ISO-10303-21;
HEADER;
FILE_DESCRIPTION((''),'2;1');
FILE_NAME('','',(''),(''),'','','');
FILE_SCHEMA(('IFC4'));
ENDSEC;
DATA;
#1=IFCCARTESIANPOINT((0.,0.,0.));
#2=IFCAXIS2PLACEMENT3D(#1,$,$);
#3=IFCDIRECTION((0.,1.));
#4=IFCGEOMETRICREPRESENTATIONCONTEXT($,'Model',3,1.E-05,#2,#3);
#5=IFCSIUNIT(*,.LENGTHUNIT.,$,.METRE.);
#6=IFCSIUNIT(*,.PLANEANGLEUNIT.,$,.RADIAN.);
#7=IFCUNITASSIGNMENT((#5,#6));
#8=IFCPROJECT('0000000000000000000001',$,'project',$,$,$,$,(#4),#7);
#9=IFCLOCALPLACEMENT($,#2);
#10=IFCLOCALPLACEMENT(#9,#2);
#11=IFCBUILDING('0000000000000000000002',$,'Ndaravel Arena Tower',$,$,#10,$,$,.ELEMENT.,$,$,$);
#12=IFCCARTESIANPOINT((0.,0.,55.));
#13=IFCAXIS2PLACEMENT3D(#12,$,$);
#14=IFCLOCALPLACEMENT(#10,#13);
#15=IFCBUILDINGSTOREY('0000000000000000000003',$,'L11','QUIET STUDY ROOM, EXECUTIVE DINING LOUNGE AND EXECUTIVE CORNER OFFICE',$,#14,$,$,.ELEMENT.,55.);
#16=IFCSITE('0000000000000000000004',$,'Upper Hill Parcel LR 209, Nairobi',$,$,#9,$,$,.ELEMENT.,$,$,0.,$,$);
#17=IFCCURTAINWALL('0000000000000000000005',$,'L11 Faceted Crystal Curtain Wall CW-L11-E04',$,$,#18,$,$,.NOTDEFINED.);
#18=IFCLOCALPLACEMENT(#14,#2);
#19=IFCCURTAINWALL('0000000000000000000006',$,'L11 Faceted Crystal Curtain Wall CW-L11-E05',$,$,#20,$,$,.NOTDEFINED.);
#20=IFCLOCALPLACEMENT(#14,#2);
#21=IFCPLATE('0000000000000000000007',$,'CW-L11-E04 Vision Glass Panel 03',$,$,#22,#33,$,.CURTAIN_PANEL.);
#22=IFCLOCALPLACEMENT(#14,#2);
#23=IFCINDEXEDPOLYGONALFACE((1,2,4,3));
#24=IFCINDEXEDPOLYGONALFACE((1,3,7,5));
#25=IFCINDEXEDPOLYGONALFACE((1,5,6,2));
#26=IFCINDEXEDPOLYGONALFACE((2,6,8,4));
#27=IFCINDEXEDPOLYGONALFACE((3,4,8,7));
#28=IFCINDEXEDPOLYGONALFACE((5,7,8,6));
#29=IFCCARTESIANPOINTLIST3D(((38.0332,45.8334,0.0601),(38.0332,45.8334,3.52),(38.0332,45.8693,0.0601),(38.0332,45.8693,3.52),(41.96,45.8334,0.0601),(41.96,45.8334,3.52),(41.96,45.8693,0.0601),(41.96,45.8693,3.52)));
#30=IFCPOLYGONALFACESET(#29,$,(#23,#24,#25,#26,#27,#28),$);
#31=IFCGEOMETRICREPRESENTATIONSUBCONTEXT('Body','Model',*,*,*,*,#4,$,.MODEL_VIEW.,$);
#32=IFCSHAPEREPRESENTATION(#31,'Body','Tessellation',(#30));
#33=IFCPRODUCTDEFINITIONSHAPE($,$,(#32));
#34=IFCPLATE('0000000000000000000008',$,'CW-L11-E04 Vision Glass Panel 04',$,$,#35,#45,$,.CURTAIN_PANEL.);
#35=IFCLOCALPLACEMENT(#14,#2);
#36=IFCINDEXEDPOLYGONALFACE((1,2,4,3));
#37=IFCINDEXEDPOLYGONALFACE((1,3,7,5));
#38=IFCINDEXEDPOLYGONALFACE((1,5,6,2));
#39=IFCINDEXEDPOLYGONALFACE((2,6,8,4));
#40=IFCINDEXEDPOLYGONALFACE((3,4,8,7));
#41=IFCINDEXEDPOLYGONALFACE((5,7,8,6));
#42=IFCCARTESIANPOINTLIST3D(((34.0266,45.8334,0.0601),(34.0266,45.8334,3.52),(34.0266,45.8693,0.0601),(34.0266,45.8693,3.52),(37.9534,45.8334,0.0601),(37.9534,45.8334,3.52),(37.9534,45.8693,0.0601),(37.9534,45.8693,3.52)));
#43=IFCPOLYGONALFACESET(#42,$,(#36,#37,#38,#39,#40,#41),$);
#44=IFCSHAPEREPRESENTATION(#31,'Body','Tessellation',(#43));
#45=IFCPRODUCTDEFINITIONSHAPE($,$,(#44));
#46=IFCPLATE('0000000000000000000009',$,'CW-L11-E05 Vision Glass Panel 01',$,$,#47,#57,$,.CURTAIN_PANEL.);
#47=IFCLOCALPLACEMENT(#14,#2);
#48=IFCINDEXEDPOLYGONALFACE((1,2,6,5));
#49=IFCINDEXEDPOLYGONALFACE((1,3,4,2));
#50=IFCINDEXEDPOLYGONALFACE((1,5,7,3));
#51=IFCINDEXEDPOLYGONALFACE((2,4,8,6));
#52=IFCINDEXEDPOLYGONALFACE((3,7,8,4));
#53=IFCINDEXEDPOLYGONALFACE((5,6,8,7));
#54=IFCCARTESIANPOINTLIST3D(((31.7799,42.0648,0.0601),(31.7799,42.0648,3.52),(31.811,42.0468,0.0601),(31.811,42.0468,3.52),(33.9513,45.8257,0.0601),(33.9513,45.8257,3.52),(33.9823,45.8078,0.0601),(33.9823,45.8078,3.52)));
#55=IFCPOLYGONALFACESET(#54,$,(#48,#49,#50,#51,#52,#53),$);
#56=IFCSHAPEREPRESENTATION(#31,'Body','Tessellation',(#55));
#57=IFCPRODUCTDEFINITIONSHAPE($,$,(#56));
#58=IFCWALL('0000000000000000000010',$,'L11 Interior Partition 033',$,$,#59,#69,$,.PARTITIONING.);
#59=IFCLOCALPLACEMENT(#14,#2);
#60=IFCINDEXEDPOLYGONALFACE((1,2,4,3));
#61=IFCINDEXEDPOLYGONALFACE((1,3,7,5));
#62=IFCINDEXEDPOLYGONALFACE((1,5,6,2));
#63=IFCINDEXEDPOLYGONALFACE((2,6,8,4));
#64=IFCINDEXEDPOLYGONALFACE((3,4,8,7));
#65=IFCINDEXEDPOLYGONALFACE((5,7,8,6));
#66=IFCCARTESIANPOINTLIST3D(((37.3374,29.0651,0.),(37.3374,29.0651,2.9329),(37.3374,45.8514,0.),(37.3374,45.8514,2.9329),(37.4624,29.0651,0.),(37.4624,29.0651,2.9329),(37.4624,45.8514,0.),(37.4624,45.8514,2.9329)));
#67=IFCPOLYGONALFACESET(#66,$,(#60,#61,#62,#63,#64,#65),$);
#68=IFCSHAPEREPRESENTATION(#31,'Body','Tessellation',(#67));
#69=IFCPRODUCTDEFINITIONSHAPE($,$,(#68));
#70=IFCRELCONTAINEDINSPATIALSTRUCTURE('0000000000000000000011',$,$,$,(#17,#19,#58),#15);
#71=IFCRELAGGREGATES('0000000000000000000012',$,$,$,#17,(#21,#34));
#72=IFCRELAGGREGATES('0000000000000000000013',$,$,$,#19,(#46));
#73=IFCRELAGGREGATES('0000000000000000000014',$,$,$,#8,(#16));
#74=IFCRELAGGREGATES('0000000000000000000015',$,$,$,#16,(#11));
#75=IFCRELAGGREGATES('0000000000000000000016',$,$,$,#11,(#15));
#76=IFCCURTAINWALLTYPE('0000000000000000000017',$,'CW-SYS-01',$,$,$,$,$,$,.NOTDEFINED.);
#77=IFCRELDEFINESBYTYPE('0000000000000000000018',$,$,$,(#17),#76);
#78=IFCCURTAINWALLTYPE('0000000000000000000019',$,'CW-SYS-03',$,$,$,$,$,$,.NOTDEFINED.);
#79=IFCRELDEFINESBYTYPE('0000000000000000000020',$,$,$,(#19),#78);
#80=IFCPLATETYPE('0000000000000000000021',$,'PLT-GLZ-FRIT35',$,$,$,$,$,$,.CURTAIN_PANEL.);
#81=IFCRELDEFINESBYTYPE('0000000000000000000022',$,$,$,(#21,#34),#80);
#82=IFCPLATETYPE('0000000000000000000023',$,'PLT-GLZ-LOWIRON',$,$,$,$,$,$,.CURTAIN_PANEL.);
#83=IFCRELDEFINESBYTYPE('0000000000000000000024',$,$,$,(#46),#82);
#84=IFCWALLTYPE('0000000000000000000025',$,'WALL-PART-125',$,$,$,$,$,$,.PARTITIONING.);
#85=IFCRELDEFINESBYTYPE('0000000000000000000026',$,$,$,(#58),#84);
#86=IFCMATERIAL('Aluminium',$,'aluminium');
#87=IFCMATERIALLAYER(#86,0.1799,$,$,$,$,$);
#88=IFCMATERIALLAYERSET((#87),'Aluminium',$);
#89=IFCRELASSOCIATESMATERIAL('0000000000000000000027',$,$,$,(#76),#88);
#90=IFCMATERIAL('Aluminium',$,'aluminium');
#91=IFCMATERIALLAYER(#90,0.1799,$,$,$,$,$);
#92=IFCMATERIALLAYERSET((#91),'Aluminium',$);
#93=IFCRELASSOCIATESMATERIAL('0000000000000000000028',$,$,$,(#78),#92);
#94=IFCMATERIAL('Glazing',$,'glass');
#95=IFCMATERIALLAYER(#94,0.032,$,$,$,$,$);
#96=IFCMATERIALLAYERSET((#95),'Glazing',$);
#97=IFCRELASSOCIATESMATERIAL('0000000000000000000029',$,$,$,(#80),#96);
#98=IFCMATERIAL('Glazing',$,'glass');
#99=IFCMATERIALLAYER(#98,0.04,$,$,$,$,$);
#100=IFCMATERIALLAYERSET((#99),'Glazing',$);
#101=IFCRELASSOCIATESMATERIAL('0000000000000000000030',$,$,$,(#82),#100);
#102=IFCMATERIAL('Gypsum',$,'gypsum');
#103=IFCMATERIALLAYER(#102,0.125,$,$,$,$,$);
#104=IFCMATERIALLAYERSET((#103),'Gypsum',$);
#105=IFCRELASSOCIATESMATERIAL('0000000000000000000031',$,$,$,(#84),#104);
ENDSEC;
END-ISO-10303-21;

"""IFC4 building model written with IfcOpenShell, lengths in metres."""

from ifc_helpers import new_model, si_unit, direction, frame, frame_2d, origin, origin_2d, place, context, subcontext, project, spatial, rectangle, extrude, material, layer, layer_set, type_object, element, aggregate, save


model = new_model("IFC4")

# Units and contexts
model_context = context("Model", 3, precision=1e-05, world=origin(), true_north=direction((0.0, 1.0)))
body_context = subcontext(model_context, "Body", "Model", "MODEL_VIEW")
ifc_project = project(units=[si_unit("LENGTHUNIT", "METRE"), si_unit("PLANEANGLEUNIT", "RADIAN")], contexts=[model_context])

# Site, building, storey
site_placement = place(None, origin())
site = spatial("IfcSite", under=ifc_project, at=site_placement, Name="Upper Hill Parcel LR 209, Nairobi", CompositionType="ELEMENT", RefElevation=0.0)
building_placement = place(site_placement, origin())
building = spatial("IfcBuilding", under=site, at=building_placement, Name="Ndaravel Arena Tower", CompositionType="ELEMENT")
storey_placement = place(building_placement, frame((0.0, 0.0, 55.0)))
storey = spatial("IfcBuildingStorey", under=building, at=storey_placement, Name="L11", Description="QUIET STUDY ROOM, EXECUTIVE DINING LOUNGE AND EXECUTIVE CORNER OFFICE", CompositionType="ELEMENT", Elevation=55.0)

# Curtain wall
ifc_material_1 = material(Name="Aluminium", Category="aluminium")
ifc_layer_1 = layer(ifc_material_1, 0.1799)
ifc_layer_set_1 = layer_set([ifc_layer_1], Name="Aluminium")
curtain_wall_type_1 = type_object("IfcCurtainWallType", Name="CW-SYS-01", PredefinedType="NOTDEFINED", material=ifc_layer_set_1)
curtain_wall_1_placement = place(storey_placement, origin())
curtain_wall_1 = element("IfcCurtainWall", 1, at=curtain_wall_1_placement, inside=storey, type_object=curtain_wall_type_1, Name="L11 Faceted Crystal Curtain Wall CW-L11-E04", PredefinedType="NOTDEFINED")

# Curtain wall
ifc_material_2 = material(Name="Aluminium", Category="aluminium")
ifc_layer_2 = layer(ifc_material_2, 0.1799)
ifc_layer_set_2 = layer_set([ifc_layer_2], Name="Aluminium")
curtain_wall_type_2 = type_object("IfcCurtainWallType", Name="CW-SYS-03", PredefinedType="NOTDEFINED", material=ifc_layer_set_2)
curtain_wall_2_placement = place(storey_placement, origin())
curtain_wall_2 = element("IfcCurtainWall", 2, at=curtain_wall_2_placement, inside=storey, type_object=curtain_wall_type_2, Name="L11 Faceted Crystal Curtain Wall CW-L11-E05", PredefinedType="NOTDEFINED")

# Plates
ifc_material_3 = material(Name="Glazing", Category="glass")
ifc_layer_3 = layer(ifc_material_3, 0.032)
ifc_layer_set_3 = layer_set([ifc_layer_3], Name="Glazing")
plate_type_1 = type_object("IfcPlateType", Name="PLT-GLZ-FRIT35", PredefinedType="CURTAIN_PANEL", material=ifc_layer_set_3)
plate_1_placement = place(storey_placement, frame((39.9966, 45.8513, 0.0601), z_axis=(0.0, 0.0, 1.0), x_axis=(-1.0, 0.0, 0.0)))
plate_1 = element("IfcPlate", 3, at=plate_1_placement, type_object=plate_type_1, Name="CW-L11-E04 Vision Glass Panel 03", PredefinedType="CURTAIN_PANEL", context=body_context, shape_type="SweptSolid", body=[
    extrude(rectangle(XDim=3.9268, YDim=0.0359, at=origin_2d()), origin(), (0.0, 0.0, 1.0), 3.46),
])
plate_2_placement = place(storey_placement, frame((35.99, 45.8513, 0.0601), z_axis=(0.0, 0.0, 1.0), x_axis=(-1.0, 0.0, 0.0)))
plate_2 = element("IfcPlate", 4, at=plate_2_placement, type_object=plate_type_1, Name="CW-L11-E04 Vision Glass Panel 04", PredefinedType="CURTAIN_PANEL", context=body_context, shape_type="SweptSolid", body=[
    extrude(rectangle(XDim=3.9268, YDim=0.0359, at=origin_2d()), origin(), (0.0, 0.0, 1.0), 3.46),
])
aggregate(curtain_wall_1, [plate_1, plate_2])
ifc_material_4 = material(Name="Glazing", Category="glass")
ifc_layer_4 = layer(ifc_material_4, 0.04)
ifc_layer_set_4 = layer_set([ifc_layer_4], Name="Glazing")
plate_type_2 = type_object("IfcPlateType", Name="PLT-GLZ-LOWIRON", PredefinedType="CURTAIN_PANEL", material=ifc_layer_set_4)
plate_3_placement = place(storey_placement, frame((32.8811, 43.9363, 0.0601), z_axis=(0.0, 0.0, 1.0), x_axis=(-0.5, -0.866025, 0.0)))
plate_3 = element("IfcPlate", 5, at=plate_3_placement, type_object=plate_type_2, Name="CW-L11-E05 Vision Glass Panel 01", PredefinedType="CURTAIN_PANEL", context=body_context, shape_type="SweptSolid", body=[
    extrude(rectangle(XDim=4.3428, YDim=0.0359, at=origin_2d()), origin(), (0.0, 0.0, 1.0), 3.46),
])
aggregate(curtain_wall_2, [plate_3])

# Wall
ifc_material_5 = material(Name="Gypsum", Category="gypsum")
ifc_layer_5 = layer(ifc_material_5, 0.125)
ifc_layer_set_5 = layer_set([ifc_layer_5], Name="Gypsum")
wall_type = type_object("IfcWallType", Name="WALL-PART-125", PredefinedType="PARTITIONING", material=ifc_layer_set_5)
wall_placement = place(storey_placement, frame((37.3999, 45.8513, 0.0), z_axis=(0.0, 0.0, 1.0), x_axis=(0.0, -1.0, 0.0)))
element("IfcWall", 6, at=wall_placement, inside=storey, type_object=wall_type, Name="L11 Interior Partition 033", PredefinedType="PARTITIONING", context=body_context, shape_type="SweptSolid", body=[
    extrude(rectangle(XDim=16.7864, YDim=0.125, at=frame_2d((8.3931, 0.0))), origin(), (0.0, 0.0, 1.0), 2.9329),
])

save(model, "model.ifc")
